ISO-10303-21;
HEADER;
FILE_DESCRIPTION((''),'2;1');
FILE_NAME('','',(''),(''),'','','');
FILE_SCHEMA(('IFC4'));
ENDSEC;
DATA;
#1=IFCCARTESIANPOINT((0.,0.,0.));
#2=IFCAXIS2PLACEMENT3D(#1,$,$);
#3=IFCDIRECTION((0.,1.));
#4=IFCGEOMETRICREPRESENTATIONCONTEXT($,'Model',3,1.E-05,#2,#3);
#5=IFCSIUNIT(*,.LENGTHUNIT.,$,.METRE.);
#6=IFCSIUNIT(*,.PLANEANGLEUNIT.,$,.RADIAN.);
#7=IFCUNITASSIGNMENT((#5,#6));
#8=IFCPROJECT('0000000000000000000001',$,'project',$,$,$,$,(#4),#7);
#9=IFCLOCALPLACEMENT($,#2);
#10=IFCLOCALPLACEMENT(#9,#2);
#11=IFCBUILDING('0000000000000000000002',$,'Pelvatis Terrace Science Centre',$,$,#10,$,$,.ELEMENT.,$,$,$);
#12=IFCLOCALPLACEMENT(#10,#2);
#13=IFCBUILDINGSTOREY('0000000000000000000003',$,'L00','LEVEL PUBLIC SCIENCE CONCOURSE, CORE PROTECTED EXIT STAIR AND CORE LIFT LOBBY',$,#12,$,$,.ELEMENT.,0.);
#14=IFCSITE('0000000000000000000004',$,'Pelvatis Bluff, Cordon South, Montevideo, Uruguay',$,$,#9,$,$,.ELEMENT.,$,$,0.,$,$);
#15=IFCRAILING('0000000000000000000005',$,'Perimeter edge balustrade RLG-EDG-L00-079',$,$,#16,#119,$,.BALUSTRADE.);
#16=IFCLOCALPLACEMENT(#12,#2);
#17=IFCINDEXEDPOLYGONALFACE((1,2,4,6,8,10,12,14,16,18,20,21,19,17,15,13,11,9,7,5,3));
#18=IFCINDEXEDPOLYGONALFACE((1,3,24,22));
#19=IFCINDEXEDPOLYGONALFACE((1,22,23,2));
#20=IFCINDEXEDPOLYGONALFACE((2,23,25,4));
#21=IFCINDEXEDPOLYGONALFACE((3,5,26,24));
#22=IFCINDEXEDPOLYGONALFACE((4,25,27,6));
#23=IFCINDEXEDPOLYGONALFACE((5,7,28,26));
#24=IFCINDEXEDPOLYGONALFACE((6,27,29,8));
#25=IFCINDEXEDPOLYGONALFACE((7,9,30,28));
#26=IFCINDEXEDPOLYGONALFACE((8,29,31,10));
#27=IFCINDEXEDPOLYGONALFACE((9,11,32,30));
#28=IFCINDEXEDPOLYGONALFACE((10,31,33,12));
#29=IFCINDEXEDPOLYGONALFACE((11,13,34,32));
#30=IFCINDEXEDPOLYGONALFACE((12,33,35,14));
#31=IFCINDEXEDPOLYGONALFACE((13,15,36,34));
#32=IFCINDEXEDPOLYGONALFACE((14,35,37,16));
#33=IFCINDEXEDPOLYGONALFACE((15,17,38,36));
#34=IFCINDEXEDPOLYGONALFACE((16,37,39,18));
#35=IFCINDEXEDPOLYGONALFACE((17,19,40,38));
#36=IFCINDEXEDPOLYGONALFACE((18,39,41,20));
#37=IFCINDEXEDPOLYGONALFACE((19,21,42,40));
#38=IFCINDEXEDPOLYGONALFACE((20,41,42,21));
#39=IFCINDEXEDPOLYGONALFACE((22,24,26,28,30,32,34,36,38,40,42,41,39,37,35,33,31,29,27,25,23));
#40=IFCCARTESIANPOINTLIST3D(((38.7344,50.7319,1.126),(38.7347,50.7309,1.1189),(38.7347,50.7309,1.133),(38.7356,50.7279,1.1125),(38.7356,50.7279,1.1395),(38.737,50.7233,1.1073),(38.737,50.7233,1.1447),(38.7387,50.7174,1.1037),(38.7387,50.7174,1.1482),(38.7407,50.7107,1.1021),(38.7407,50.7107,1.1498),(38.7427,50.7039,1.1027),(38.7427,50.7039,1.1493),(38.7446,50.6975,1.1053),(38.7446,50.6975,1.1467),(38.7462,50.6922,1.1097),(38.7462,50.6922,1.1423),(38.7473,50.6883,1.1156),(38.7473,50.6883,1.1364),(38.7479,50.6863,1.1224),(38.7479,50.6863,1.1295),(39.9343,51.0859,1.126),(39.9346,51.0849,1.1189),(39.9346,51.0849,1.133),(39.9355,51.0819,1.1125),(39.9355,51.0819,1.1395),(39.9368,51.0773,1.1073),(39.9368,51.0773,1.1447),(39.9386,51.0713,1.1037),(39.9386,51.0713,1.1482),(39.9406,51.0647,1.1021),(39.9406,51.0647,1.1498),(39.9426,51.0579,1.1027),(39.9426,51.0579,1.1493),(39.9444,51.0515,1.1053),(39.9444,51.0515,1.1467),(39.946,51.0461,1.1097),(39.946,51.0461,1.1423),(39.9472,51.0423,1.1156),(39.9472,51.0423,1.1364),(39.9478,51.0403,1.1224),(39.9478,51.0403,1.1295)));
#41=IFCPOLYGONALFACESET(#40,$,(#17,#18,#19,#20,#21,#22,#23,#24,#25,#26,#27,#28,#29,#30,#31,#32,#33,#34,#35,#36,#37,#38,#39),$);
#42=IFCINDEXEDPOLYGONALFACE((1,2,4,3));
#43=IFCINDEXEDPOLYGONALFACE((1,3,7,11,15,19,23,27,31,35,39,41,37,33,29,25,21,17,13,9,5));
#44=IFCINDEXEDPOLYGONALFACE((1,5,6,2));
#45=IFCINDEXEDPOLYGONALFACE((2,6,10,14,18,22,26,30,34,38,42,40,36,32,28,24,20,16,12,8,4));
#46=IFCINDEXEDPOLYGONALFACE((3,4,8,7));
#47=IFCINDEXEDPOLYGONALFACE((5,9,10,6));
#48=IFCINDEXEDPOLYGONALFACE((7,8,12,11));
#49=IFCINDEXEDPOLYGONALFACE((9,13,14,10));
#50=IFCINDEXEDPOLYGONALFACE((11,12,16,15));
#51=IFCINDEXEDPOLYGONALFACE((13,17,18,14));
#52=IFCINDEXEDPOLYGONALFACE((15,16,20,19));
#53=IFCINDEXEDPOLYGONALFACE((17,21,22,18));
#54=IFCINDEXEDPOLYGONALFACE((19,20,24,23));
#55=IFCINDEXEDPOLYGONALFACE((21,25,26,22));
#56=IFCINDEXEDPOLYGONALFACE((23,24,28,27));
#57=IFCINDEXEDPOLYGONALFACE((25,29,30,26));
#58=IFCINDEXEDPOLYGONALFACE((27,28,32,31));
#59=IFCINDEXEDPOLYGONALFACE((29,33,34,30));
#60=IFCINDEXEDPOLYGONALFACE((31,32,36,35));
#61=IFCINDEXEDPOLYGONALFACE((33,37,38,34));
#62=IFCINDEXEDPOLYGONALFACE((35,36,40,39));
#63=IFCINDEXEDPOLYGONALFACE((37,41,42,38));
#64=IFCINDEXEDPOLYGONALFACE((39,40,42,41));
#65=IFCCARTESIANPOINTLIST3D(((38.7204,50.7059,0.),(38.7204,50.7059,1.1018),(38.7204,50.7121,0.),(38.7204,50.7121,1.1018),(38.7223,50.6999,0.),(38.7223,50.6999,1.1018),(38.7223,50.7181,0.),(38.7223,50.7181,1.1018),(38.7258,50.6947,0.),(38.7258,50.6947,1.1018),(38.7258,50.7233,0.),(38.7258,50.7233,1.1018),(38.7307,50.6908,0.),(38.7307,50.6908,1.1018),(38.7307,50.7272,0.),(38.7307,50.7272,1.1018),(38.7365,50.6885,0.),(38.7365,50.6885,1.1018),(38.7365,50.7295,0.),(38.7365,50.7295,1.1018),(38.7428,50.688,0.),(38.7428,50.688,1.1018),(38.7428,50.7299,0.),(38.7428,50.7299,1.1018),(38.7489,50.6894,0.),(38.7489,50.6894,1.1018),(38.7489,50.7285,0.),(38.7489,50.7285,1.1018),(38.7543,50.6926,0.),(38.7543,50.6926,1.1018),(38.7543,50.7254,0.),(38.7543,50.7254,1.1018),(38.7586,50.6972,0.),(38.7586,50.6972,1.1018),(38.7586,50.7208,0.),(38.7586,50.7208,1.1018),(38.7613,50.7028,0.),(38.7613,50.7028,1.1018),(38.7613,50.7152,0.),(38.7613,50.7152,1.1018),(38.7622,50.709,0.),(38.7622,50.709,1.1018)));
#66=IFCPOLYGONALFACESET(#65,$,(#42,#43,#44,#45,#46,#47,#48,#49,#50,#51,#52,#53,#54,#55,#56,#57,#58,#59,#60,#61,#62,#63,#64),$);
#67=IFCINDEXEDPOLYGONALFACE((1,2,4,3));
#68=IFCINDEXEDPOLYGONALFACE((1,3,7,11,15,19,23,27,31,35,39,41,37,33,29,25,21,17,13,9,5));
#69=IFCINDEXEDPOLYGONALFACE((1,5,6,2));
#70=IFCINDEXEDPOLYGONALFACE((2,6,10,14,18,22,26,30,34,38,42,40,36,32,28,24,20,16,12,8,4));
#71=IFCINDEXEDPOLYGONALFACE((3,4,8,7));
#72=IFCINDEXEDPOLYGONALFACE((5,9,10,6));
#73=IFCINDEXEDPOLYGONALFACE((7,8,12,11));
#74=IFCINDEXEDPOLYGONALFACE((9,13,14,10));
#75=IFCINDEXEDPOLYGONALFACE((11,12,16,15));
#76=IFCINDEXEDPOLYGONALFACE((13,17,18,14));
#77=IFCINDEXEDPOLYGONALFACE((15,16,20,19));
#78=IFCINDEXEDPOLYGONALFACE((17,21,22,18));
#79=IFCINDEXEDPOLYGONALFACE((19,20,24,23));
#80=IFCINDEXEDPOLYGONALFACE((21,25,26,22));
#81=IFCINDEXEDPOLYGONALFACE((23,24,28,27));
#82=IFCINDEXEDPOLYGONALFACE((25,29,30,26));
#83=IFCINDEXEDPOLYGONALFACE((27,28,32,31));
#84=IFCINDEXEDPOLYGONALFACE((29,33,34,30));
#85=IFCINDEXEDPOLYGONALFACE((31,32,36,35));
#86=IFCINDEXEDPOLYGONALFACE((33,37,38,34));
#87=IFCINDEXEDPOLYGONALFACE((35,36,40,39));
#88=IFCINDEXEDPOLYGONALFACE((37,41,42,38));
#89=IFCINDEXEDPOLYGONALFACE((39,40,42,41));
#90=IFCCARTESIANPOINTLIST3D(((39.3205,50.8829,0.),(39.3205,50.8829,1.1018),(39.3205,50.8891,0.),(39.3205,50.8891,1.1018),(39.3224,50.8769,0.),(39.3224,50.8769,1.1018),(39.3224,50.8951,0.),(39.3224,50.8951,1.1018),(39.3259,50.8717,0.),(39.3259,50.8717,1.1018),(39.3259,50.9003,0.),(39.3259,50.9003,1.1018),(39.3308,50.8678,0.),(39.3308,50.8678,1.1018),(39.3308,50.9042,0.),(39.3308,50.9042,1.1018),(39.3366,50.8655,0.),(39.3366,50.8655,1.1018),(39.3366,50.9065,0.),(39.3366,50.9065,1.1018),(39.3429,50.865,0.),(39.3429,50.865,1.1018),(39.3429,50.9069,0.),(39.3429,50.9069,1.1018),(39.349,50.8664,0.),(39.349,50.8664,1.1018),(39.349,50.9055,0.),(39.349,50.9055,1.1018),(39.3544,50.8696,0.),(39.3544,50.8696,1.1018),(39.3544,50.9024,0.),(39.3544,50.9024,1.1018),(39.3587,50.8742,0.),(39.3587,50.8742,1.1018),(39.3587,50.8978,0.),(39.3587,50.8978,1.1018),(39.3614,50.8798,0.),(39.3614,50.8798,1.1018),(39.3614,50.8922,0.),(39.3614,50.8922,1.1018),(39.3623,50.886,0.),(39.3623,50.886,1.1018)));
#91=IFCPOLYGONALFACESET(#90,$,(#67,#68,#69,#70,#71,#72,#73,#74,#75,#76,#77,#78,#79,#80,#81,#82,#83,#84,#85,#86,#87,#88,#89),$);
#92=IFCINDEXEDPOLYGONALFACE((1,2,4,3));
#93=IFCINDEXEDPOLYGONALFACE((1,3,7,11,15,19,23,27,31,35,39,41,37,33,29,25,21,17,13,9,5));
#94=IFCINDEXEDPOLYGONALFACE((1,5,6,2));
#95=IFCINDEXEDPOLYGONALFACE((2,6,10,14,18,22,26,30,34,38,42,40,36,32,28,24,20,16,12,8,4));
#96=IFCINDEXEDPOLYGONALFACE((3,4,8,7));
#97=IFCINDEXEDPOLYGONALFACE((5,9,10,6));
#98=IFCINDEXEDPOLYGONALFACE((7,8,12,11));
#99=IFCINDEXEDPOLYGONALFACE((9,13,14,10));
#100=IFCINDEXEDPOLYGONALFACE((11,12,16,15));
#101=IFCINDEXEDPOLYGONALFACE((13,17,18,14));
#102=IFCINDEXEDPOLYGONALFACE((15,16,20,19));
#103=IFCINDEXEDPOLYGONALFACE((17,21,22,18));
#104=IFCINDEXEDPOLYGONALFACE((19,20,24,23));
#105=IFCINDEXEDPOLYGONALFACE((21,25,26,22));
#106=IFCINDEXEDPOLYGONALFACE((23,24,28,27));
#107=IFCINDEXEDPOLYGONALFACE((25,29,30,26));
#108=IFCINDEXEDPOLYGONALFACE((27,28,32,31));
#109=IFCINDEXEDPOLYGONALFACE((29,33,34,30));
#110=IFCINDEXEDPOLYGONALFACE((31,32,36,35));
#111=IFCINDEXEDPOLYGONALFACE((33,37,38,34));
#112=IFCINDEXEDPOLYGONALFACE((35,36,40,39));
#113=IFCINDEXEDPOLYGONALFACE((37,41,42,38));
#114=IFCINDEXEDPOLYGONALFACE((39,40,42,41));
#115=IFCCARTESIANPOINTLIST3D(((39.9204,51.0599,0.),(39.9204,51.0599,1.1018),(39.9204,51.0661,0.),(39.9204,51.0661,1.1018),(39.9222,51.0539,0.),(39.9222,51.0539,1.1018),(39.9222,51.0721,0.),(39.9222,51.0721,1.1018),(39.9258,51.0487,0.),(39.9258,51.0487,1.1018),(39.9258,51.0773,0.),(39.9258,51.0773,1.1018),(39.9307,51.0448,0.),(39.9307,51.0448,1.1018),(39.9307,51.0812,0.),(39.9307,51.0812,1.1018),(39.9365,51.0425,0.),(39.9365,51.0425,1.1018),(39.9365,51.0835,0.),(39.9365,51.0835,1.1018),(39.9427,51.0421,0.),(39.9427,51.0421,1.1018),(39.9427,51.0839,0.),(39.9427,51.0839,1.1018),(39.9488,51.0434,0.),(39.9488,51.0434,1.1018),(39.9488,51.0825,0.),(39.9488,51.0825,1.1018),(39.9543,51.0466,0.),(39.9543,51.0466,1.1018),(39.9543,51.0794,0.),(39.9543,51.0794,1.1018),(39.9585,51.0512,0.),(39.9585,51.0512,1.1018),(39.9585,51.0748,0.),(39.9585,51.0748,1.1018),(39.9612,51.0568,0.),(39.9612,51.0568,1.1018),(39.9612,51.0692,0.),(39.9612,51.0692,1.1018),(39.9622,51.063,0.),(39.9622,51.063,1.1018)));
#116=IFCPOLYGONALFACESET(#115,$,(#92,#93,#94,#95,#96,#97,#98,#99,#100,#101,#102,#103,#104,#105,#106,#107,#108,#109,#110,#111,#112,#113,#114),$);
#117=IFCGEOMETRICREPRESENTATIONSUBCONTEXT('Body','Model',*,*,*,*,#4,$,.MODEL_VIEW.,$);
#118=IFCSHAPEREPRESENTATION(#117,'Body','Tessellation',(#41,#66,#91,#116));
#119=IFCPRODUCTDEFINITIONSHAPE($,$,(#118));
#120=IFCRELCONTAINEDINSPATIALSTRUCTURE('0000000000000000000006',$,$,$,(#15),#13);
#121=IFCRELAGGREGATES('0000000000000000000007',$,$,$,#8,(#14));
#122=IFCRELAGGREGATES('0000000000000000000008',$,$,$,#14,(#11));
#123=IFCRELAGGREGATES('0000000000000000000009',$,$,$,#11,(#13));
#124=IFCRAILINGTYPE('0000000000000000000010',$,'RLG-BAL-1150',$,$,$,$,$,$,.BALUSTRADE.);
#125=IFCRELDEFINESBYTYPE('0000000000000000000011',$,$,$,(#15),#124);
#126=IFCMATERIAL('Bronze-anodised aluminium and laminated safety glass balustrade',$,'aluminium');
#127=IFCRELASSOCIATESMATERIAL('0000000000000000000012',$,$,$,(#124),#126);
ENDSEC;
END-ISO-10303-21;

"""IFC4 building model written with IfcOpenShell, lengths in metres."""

from ifc_helpers import new_model, si_unit, direction, frame, origin, origin_2d, place, context, subcontext, project, spatial, circle, extrude, material, type_object, element, save


model = new_model("IFC4")

# Units and contexts
model_context = context("Model", 3, precision=1e-05, world=origin(), true_north=direction((0.0, 1.0)))
body_context = subcontext(model_context, "Body", "Model", "MODEL_VIEW")
ifc_project = project(units=[si_unit("LENGTHUNIT", "METRE"), si_unit("PLANEANGLEUNIT", "RADIAN")], contexts=[model_context])

# Site, building, storey
site_placement = place(None, origin())
site = spatial("IfcSite", under=ifc_project, at=site_placement, Name="Pelvatis Bluff, Cordon South, Montevideo, Uruguay", CompositionType="ELEMENT", RefElevation=0.0)
building_placement = place(site_placement, origin())
building = spatial("IfcBuilding", under=site, at=building_placement, Name="Pelvatis Terrace Science Centre", CompositionType="ELEMENT")
storey_placement = place(building_placement, origin())
storey = spatial("IfcBuildingStorey", under=building, at=storey_placement, Name="L00", Description="LEVEL PUBLIC SCIENCE CONCOURSE, CORE PROTECTED EXIT STAIR AND CORE LIFT LOBBY", CompositionType="ELEMENT", Elevation=0.0)

# Railing
ifc_material_1 = material(Name="Bronze-anodised aluminium and laminated safety glass balustrade", Category="aluminium")
railing_type = type_object("IfcRailingType", Name="RLG-BAL-1150", PredefinedType="BALUSTRADE", material=ifc_material_1)
railing_placement = place(storey_placement, frame((38.7412, 50.709, 0.0)))
element("IfcRailing", 1, at=railing_placement, inside=storey, type_object=railing_type, Name="Perimeter edge balustrade RLG-EDG-L00-079", PredefinedType="BALUSTRADE", context=body_context, shape_type="SweptSolid", body=[
    extrude(circle(Radius=0.0239, at=origin_2d()), frame((0.0, 0.0, 1.126), z_axis=(0.959132, 0.282959, 0.0), x_axis=(-0.282959, 0.959132, 0.0)), (0.0, 0.0, 1.0), 1.251),
    extrude(circle(Radius=0.021, at=origin_2d()), origin(), (0.0, 0.0, 1.0), 1.1018),
    extrude(circle(Radius=0.021, at=origin_2d()), frame((0.6001, 0.177, 0.0)), (0.0, 0.0, 1.0), 1.1018),
    extrude(circle(Radius=0.021, at=origin_2d()), frame((1.2, 0.354, 0.0)), (0.0, 0.0, 1.0), 1.1018),
])

save(model, "model.ifc")
